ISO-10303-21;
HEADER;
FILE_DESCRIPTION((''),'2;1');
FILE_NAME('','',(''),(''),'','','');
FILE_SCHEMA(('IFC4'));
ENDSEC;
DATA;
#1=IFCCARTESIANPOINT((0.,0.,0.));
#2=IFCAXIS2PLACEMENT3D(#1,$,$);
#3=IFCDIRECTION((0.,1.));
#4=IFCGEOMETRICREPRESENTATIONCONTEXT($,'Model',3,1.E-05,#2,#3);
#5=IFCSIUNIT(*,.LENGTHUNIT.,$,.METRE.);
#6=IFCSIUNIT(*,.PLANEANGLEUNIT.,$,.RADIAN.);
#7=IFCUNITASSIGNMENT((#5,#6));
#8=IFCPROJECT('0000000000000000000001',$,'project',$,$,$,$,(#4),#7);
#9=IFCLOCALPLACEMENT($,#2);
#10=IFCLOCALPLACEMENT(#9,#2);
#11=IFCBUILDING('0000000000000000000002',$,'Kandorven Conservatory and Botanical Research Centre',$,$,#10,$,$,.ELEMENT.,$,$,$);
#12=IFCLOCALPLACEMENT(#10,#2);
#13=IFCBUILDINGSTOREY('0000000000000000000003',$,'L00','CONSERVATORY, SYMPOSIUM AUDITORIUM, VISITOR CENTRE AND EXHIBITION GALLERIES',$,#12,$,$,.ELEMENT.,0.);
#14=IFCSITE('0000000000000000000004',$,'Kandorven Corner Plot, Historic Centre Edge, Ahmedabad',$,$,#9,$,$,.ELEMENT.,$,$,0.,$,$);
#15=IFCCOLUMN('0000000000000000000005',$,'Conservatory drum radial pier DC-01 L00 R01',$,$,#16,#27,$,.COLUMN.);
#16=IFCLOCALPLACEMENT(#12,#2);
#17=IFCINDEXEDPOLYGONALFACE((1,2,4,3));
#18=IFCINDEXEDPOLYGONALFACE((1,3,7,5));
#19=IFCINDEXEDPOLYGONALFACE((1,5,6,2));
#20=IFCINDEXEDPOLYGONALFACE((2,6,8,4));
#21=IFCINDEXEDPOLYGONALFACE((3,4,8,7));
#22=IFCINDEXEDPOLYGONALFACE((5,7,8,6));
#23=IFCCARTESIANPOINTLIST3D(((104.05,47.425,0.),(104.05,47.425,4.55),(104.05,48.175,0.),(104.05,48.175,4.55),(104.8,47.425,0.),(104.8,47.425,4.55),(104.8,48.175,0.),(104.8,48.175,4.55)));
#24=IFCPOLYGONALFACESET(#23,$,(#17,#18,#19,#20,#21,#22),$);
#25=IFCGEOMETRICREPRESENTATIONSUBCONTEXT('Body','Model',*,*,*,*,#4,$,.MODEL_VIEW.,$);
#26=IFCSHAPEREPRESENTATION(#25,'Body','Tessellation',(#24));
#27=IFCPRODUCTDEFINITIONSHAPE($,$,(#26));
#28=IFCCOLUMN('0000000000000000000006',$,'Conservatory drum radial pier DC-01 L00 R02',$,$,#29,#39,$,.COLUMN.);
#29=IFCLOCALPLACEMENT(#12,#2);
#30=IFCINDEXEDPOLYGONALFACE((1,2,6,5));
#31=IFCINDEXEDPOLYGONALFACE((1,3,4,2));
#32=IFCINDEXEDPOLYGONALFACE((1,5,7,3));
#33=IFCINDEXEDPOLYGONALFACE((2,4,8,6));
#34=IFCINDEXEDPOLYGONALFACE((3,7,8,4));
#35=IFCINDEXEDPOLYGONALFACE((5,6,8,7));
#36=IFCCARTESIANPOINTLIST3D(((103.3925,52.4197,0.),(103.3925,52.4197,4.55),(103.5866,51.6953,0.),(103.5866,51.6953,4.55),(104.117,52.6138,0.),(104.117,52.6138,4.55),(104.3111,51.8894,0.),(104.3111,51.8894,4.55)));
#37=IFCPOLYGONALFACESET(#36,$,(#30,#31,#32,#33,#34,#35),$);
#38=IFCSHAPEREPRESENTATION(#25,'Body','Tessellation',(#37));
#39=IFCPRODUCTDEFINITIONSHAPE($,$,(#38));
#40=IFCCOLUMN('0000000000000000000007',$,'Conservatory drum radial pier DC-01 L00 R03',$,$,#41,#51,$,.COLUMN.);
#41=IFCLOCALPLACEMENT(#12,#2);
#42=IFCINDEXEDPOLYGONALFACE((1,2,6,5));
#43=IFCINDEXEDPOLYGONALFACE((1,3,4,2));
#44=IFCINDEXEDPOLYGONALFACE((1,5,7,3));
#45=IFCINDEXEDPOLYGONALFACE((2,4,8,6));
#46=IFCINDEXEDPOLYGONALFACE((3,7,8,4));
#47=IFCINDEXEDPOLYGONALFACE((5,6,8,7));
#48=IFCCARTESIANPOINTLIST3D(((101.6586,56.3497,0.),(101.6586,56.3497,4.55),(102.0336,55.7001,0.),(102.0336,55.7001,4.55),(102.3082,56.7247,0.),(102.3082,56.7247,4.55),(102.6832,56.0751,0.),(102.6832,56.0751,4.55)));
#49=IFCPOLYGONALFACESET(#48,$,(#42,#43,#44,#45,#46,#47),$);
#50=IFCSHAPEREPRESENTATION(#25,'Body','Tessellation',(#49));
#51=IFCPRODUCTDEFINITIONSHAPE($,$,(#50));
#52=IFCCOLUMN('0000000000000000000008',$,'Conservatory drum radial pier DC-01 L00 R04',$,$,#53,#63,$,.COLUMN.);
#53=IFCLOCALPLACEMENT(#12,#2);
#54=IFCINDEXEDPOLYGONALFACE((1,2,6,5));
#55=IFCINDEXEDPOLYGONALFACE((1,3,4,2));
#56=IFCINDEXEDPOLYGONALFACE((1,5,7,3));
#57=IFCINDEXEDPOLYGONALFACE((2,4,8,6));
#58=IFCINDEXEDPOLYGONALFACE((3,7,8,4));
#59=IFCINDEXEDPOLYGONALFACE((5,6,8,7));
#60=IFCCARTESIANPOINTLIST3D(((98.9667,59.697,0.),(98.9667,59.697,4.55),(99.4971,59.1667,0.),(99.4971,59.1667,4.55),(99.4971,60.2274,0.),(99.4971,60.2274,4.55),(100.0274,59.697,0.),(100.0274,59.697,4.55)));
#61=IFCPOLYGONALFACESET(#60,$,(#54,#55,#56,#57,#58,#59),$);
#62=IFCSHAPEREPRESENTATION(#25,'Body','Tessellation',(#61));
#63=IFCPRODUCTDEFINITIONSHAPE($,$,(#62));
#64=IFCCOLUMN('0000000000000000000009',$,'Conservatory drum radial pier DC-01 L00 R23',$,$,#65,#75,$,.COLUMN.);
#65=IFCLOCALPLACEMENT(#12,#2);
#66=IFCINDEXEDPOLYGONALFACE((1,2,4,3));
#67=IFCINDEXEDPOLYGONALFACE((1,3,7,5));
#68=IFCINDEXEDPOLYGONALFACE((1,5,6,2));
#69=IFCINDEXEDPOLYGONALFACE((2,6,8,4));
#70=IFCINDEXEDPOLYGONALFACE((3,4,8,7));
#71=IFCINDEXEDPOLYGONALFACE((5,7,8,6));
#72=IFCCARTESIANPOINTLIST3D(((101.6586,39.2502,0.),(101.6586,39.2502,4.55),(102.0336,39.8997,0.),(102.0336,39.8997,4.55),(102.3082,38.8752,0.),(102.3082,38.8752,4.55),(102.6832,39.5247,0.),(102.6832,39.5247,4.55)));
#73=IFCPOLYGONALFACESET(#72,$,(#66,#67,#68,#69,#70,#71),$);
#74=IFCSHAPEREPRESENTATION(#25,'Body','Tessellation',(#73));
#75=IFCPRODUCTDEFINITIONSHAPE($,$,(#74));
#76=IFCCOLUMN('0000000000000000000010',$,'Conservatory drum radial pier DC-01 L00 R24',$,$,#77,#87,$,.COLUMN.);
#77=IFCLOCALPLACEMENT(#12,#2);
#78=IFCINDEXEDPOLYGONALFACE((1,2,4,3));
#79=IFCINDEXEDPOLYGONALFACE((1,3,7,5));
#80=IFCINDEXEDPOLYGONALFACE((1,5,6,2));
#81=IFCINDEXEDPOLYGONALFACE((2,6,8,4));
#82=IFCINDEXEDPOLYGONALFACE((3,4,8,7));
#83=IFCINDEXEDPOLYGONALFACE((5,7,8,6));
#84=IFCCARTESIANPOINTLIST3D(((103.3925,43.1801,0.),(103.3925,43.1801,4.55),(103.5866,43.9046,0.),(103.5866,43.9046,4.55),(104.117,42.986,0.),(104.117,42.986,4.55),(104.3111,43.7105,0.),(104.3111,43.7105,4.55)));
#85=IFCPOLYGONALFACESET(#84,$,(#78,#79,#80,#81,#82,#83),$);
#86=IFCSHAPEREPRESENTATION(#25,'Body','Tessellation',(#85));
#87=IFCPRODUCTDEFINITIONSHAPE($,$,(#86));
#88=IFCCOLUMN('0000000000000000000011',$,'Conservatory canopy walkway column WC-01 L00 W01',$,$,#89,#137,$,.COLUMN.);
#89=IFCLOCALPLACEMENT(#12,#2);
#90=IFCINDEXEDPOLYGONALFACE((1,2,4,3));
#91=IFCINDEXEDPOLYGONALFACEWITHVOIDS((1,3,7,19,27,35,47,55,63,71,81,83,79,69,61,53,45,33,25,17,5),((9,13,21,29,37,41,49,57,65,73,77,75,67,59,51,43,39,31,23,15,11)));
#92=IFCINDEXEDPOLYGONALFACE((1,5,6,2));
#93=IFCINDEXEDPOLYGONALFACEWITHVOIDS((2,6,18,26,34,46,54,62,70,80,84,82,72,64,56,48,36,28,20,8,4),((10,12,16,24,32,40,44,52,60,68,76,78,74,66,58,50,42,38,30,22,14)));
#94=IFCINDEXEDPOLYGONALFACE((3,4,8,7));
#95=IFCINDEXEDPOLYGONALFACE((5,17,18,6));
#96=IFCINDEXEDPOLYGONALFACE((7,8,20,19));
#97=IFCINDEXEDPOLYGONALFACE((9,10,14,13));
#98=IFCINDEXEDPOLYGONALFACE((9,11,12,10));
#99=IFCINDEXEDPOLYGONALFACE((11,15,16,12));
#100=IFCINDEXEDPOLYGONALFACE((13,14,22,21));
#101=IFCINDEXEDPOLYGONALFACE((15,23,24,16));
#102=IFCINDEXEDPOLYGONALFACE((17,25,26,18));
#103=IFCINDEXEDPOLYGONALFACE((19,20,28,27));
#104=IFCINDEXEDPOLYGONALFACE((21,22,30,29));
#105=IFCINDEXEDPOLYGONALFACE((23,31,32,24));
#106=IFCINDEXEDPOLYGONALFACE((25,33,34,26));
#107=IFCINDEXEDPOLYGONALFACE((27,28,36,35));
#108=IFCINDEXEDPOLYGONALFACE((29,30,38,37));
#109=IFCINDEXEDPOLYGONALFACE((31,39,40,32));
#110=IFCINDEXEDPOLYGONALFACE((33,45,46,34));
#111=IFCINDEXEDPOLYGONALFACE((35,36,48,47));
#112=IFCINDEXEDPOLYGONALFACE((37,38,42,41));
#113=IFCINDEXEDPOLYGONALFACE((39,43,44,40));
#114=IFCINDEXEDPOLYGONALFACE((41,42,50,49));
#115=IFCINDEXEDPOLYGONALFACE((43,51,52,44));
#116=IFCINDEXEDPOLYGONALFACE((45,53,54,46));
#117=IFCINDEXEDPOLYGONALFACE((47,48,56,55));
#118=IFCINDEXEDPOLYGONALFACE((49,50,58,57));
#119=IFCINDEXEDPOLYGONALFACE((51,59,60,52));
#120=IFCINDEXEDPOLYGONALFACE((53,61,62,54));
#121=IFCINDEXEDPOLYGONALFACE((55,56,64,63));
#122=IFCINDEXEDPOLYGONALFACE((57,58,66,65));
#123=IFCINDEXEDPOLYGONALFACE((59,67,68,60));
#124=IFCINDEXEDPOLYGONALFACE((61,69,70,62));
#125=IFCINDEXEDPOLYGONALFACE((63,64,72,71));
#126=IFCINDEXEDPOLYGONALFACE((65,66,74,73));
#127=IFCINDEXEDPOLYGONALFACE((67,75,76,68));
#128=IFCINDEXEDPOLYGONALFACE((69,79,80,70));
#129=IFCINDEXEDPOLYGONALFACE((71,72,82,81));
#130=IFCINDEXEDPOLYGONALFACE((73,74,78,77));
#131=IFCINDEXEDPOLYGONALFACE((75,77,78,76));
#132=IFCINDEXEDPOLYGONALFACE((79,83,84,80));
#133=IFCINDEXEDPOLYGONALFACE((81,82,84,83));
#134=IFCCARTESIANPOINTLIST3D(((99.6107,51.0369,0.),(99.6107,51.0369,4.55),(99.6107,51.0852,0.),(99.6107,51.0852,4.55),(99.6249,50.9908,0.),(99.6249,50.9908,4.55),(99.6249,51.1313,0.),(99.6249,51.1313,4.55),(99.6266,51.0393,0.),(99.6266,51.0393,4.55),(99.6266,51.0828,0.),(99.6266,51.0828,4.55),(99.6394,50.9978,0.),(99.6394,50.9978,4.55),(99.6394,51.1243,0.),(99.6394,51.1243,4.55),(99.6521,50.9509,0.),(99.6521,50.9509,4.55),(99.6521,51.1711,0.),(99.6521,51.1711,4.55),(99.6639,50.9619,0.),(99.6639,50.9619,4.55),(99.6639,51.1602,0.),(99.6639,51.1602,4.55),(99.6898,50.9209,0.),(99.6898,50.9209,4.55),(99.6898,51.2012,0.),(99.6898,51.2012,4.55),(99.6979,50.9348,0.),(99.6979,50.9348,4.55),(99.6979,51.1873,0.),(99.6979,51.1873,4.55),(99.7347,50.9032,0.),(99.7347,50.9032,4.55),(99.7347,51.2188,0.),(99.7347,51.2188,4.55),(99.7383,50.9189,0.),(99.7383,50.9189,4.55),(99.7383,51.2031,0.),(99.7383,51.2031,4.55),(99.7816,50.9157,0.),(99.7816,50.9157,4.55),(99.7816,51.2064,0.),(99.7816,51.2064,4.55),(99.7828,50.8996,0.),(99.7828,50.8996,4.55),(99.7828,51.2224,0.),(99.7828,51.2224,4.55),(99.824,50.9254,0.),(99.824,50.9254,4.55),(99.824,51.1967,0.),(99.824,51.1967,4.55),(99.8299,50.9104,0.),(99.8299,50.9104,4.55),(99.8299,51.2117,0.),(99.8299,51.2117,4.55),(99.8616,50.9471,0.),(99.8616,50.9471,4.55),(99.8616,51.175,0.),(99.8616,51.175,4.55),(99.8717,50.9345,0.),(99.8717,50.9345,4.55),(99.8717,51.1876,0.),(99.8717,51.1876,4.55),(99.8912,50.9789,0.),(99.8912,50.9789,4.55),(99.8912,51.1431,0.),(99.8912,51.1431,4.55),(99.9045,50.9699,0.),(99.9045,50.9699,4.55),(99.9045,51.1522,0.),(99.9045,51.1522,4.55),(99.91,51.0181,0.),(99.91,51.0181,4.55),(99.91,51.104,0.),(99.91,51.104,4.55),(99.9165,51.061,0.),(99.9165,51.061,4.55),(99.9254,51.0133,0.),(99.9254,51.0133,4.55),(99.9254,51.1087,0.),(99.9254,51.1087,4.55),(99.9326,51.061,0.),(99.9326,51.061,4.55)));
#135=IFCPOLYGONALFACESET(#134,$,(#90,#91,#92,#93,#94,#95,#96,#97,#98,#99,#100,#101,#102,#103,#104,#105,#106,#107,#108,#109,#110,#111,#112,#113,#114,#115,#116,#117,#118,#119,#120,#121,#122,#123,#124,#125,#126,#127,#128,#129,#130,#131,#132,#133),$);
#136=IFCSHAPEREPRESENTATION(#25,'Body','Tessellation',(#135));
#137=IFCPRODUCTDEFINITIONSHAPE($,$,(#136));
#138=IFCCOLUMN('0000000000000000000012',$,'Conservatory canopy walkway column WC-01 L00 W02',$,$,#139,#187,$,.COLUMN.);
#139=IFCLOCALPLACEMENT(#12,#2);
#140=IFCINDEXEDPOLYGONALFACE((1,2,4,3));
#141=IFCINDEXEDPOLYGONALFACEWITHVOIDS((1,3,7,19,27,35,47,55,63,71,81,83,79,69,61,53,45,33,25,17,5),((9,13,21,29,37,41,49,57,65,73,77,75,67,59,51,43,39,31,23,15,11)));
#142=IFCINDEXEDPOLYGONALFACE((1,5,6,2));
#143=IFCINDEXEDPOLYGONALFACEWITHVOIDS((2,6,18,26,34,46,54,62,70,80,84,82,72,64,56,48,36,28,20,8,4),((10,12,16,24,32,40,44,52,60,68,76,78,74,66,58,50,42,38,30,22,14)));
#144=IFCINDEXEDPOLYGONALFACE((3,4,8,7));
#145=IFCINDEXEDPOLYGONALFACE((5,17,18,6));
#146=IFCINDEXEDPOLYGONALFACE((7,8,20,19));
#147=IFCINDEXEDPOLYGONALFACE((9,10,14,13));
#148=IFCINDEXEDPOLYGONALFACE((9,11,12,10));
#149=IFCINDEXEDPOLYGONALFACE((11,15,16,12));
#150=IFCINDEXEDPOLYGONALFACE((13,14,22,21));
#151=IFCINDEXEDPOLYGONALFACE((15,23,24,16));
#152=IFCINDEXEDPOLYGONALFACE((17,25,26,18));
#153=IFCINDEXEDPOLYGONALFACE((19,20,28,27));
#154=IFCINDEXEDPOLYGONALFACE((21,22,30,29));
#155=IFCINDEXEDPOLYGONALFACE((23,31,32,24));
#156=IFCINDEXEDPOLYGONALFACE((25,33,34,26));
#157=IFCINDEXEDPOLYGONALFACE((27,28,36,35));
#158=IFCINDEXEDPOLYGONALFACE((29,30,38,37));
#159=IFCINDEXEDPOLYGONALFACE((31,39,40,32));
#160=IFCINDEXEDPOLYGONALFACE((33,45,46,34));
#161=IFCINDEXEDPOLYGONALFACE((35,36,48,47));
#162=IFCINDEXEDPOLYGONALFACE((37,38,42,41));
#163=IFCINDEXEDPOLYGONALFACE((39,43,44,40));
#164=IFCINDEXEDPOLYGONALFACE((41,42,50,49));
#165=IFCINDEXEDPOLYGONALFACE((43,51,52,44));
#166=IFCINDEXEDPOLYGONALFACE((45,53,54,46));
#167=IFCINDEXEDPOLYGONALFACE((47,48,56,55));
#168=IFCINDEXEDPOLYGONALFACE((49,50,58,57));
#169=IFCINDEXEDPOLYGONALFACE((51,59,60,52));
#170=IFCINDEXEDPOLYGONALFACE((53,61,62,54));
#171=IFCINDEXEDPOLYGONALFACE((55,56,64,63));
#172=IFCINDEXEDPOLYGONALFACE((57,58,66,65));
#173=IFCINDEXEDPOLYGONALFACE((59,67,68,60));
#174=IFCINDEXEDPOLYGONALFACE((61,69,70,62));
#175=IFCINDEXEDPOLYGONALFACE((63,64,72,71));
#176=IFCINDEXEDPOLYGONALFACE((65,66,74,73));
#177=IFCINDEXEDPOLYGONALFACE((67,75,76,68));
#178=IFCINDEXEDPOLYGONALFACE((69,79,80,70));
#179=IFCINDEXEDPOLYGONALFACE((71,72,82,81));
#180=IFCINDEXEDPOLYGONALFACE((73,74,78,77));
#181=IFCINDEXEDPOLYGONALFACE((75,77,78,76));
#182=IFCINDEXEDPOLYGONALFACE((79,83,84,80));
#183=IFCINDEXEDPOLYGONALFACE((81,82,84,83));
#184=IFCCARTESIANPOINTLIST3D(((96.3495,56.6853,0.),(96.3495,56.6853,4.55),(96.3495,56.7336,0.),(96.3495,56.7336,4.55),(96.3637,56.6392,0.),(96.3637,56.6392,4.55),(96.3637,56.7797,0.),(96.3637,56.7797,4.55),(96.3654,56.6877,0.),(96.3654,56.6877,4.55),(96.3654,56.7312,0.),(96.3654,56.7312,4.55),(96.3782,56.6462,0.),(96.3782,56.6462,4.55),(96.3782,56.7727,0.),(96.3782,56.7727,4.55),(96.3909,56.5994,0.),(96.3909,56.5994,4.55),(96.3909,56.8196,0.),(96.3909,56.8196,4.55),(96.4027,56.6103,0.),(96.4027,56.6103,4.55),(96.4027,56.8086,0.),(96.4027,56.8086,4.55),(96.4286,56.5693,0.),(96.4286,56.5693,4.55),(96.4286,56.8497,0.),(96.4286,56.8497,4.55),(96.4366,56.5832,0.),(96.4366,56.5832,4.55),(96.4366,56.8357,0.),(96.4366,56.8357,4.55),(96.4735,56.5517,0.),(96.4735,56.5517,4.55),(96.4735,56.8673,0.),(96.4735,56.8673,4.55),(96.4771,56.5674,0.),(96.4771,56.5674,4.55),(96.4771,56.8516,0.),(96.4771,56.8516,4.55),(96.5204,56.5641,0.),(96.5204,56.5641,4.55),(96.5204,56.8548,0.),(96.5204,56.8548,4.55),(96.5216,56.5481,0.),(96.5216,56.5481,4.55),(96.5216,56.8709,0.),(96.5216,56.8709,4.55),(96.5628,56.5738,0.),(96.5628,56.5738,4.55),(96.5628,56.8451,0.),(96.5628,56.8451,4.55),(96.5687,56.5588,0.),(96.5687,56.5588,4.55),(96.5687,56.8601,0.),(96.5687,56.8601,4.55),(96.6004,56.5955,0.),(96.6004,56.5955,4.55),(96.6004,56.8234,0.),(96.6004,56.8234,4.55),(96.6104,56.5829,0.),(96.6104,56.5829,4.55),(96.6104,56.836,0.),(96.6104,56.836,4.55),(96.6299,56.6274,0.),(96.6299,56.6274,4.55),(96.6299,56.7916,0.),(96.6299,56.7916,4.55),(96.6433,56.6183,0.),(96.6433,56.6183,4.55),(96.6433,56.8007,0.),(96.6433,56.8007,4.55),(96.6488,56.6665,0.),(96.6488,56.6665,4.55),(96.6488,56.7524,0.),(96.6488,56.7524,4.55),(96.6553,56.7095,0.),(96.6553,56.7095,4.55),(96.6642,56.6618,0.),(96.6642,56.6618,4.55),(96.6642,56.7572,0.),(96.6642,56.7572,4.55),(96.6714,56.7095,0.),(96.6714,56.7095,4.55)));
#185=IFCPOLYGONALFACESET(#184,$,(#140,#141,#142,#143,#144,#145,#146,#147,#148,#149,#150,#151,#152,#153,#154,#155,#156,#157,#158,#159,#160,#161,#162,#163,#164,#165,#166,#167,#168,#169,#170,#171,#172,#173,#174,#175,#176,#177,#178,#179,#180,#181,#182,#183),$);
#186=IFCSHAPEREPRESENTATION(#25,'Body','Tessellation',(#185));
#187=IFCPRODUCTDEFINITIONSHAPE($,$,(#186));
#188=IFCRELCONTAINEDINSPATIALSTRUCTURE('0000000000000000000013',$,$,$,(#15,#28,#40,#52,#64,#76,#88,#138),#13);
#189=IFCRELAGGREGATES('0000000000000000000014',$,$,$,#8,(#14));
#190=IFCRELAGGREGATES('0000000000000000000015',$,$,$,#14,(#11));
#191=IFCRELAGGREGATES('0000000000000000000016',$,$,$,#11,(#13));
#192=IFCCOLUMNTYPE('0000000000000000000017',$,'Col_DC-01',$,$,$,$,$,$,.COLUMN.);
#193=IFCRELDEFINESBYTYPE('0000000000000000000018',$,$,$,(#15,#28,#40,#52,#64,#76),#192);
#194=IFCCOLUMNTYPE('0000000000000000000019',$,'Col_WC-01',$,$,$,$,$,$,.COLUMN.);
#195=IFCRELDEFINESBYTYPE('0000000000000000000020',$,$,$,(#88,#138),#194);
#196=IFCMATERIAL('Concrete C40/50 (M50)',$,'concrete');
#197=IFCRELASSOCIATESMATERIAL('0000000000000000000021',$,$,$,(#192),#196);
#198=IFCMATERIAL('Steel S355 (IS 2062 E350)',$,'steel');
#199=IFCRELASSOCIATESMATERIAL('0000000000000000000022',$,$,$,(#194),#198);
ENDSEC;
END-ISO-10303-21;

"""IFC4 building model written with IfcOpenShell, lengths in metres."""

from ifc_helpers import new_model, si_unit, direction, frame, origin, origin_2d, place, context, subcontext, project, spatial, rectangle, hollow_circle, extrude, material, material_profile, profile_set, type_object, element, save


model = new_model("IFC4")

# Units and contexts
model_context = context("Model", 3, precision=1e-05, world=origin(), true_north=direction((0.0, 1.0)))
body_context = subcontext(model_context, "Body", "Model", "MODEL_VIEW")
ifc_project = project(units=[si_unit("LENGTHUNIT", "METRE"), si_unit("PLANEANGLEUNIT", "RADIAN")], contexts=[model_context])

# Site, building, storey
site_placement = place(None, origin())
site = spatial("IfcSite", under=ifc_project, at=site_placement, Name="Kandorven Corner Plot, Historic Centre Edge, Ahmedabad", CompositionType="ELEMENT", RefElevation=0.0)
building_placement = place(site_placement, origin())
building = spatial("IfcBuilding", under=site, at=building_placement, Name="Kandorven Conservatory and Botanical Research Centre", CompositionType="ELEMENT")
storey_placement = place(building_placement, origin())
storey = spatial("IfcBuildingStorey", under=building, at=storey_placement, Name="L00", Description="CONSERVATORY, SYMPOSIUM AUDITORIUM, VISITOR CENTRE AND EXHIBITION GALLERIES", CompositionType="ELEMENT", Elevation=0.0)

# Columns
ifc_material_1 = material(Name="Concrete C40/50 (M50)", Category="concrete")
ifc_material_profile_1 = material_profile(ifc_material_1, rectangle(XDim=0.75, YDim=0.75, at=origin_2d()))
ifc_profile_set_1 = profile_set([ifc_material_profile_1], Name="Concrete C40/50 (M50)")
column_type_1 = type_object("IfcColumnType", Name="Col_DC-01", PredefinedType="COLUMN", material=ifc_profile_set_1)
for number, where, z_axis, x_axis, name in (
    (1, (104.425, 47.8, 0.0), (0.0, 0.0, 1.0), (1.0, 0.0, 0.0), "Conservatory drum radial pier DC-01 L00 R01"),
    (2, (103.8518, 52.1545, 0.0), (0.0, 0.0, 1.0), (0.965926, 0.258819, 0.0), "Conservatory drum radial pier DC-01 L00 R02"),
    (3, (102.1709, 56.2124, 0.0), (0.0, 0.0, 1.0), (0.866025, 0.5, 0.0), "Conservatory drum radial pier DC-01 L00 R03"),
    (4, (99.4971, 59.697, 0.0), (0.0, 0.0, 1.0), (0.707107, 0.707107, 0.0), "Conservatory drum radial pier DC-01 L00 R04"),
    (5, (102.1709, 39.3875, 0.0), (0.0, 0.0, 1.0), (0.866025, -0.5, 0.0), "Conservatory drum radial pier DC-01 L00 R23"),
    (6, (103.8518, 43.4453, 0.0), (0.0, 0.0, 1.0), (0.965926, -0.258819, 0.0), "Conservatory drum radial pier DC-01 L00 R24"),
):
    element("IfcColumn", number, at=place(storey_placement, frame(where, z_axis=z_axis, x_axis=x_axis)), inside=storey, type_object=column_type_1, Name=name, PredefinedType="COLUMN", context=body_context, shape_type="SweptSolid", body=[
        extrude(rectangle(XDim=0.75, YDim=0.75, at=origin_2d()), origin(), (0.0, 0.0, 1.0), 4.55),
    ])
ifc_material_2 = material(Name="Steel S355 (IS 2062 E350)", Category="steel")
ifc_material_profile_2 = material_profile(ifc_material_2, hollow_circle(Radius=0.1619, WallThickness=0.0161, at=origin_2d()))
ifc_profile_set_2 = profile_set([ifc_material_profile_2], Name="Steel S355 (IS 2062 E350)")
column_type_2 = type_object("IfcColumnType", Name="Col_WC-01", PredefinedType="COLUMN", material=ifc_profile_set_2)
for number, where, z_axis, x_axis, name in (
    (7, (99.7708, 51.061, 0.0), (0.0, 0.0, 1.0), (1.0, 0.0, 0.0), "Conservatory canopy walkway column WC-01 L00 W01"),
    (8, (96.5095, 56.7095, 0.0), (0.0, 0.0, 1.0), (1.0, 0.0, 0.0), "Conservatory canopy walkway column WC-01 L00 W02"),
):
    element("IfcColumn", number, at=place(storey_placement, frame(where, z_axis=z_axis, x_axis=x_axis)), inside=storey, type_object=column_type_2, Name=name, PredefinedType="COLUMN", context=body_context, shape_type="SweptSolid", body=[
        extrude(hollow_circle(Radius=0.1619, WallThickness=0.0161, at=origin_2d()), origin(), (0.0, 0.0, 1.0), 4.55),
    ])

save(model, "model.ifc")
